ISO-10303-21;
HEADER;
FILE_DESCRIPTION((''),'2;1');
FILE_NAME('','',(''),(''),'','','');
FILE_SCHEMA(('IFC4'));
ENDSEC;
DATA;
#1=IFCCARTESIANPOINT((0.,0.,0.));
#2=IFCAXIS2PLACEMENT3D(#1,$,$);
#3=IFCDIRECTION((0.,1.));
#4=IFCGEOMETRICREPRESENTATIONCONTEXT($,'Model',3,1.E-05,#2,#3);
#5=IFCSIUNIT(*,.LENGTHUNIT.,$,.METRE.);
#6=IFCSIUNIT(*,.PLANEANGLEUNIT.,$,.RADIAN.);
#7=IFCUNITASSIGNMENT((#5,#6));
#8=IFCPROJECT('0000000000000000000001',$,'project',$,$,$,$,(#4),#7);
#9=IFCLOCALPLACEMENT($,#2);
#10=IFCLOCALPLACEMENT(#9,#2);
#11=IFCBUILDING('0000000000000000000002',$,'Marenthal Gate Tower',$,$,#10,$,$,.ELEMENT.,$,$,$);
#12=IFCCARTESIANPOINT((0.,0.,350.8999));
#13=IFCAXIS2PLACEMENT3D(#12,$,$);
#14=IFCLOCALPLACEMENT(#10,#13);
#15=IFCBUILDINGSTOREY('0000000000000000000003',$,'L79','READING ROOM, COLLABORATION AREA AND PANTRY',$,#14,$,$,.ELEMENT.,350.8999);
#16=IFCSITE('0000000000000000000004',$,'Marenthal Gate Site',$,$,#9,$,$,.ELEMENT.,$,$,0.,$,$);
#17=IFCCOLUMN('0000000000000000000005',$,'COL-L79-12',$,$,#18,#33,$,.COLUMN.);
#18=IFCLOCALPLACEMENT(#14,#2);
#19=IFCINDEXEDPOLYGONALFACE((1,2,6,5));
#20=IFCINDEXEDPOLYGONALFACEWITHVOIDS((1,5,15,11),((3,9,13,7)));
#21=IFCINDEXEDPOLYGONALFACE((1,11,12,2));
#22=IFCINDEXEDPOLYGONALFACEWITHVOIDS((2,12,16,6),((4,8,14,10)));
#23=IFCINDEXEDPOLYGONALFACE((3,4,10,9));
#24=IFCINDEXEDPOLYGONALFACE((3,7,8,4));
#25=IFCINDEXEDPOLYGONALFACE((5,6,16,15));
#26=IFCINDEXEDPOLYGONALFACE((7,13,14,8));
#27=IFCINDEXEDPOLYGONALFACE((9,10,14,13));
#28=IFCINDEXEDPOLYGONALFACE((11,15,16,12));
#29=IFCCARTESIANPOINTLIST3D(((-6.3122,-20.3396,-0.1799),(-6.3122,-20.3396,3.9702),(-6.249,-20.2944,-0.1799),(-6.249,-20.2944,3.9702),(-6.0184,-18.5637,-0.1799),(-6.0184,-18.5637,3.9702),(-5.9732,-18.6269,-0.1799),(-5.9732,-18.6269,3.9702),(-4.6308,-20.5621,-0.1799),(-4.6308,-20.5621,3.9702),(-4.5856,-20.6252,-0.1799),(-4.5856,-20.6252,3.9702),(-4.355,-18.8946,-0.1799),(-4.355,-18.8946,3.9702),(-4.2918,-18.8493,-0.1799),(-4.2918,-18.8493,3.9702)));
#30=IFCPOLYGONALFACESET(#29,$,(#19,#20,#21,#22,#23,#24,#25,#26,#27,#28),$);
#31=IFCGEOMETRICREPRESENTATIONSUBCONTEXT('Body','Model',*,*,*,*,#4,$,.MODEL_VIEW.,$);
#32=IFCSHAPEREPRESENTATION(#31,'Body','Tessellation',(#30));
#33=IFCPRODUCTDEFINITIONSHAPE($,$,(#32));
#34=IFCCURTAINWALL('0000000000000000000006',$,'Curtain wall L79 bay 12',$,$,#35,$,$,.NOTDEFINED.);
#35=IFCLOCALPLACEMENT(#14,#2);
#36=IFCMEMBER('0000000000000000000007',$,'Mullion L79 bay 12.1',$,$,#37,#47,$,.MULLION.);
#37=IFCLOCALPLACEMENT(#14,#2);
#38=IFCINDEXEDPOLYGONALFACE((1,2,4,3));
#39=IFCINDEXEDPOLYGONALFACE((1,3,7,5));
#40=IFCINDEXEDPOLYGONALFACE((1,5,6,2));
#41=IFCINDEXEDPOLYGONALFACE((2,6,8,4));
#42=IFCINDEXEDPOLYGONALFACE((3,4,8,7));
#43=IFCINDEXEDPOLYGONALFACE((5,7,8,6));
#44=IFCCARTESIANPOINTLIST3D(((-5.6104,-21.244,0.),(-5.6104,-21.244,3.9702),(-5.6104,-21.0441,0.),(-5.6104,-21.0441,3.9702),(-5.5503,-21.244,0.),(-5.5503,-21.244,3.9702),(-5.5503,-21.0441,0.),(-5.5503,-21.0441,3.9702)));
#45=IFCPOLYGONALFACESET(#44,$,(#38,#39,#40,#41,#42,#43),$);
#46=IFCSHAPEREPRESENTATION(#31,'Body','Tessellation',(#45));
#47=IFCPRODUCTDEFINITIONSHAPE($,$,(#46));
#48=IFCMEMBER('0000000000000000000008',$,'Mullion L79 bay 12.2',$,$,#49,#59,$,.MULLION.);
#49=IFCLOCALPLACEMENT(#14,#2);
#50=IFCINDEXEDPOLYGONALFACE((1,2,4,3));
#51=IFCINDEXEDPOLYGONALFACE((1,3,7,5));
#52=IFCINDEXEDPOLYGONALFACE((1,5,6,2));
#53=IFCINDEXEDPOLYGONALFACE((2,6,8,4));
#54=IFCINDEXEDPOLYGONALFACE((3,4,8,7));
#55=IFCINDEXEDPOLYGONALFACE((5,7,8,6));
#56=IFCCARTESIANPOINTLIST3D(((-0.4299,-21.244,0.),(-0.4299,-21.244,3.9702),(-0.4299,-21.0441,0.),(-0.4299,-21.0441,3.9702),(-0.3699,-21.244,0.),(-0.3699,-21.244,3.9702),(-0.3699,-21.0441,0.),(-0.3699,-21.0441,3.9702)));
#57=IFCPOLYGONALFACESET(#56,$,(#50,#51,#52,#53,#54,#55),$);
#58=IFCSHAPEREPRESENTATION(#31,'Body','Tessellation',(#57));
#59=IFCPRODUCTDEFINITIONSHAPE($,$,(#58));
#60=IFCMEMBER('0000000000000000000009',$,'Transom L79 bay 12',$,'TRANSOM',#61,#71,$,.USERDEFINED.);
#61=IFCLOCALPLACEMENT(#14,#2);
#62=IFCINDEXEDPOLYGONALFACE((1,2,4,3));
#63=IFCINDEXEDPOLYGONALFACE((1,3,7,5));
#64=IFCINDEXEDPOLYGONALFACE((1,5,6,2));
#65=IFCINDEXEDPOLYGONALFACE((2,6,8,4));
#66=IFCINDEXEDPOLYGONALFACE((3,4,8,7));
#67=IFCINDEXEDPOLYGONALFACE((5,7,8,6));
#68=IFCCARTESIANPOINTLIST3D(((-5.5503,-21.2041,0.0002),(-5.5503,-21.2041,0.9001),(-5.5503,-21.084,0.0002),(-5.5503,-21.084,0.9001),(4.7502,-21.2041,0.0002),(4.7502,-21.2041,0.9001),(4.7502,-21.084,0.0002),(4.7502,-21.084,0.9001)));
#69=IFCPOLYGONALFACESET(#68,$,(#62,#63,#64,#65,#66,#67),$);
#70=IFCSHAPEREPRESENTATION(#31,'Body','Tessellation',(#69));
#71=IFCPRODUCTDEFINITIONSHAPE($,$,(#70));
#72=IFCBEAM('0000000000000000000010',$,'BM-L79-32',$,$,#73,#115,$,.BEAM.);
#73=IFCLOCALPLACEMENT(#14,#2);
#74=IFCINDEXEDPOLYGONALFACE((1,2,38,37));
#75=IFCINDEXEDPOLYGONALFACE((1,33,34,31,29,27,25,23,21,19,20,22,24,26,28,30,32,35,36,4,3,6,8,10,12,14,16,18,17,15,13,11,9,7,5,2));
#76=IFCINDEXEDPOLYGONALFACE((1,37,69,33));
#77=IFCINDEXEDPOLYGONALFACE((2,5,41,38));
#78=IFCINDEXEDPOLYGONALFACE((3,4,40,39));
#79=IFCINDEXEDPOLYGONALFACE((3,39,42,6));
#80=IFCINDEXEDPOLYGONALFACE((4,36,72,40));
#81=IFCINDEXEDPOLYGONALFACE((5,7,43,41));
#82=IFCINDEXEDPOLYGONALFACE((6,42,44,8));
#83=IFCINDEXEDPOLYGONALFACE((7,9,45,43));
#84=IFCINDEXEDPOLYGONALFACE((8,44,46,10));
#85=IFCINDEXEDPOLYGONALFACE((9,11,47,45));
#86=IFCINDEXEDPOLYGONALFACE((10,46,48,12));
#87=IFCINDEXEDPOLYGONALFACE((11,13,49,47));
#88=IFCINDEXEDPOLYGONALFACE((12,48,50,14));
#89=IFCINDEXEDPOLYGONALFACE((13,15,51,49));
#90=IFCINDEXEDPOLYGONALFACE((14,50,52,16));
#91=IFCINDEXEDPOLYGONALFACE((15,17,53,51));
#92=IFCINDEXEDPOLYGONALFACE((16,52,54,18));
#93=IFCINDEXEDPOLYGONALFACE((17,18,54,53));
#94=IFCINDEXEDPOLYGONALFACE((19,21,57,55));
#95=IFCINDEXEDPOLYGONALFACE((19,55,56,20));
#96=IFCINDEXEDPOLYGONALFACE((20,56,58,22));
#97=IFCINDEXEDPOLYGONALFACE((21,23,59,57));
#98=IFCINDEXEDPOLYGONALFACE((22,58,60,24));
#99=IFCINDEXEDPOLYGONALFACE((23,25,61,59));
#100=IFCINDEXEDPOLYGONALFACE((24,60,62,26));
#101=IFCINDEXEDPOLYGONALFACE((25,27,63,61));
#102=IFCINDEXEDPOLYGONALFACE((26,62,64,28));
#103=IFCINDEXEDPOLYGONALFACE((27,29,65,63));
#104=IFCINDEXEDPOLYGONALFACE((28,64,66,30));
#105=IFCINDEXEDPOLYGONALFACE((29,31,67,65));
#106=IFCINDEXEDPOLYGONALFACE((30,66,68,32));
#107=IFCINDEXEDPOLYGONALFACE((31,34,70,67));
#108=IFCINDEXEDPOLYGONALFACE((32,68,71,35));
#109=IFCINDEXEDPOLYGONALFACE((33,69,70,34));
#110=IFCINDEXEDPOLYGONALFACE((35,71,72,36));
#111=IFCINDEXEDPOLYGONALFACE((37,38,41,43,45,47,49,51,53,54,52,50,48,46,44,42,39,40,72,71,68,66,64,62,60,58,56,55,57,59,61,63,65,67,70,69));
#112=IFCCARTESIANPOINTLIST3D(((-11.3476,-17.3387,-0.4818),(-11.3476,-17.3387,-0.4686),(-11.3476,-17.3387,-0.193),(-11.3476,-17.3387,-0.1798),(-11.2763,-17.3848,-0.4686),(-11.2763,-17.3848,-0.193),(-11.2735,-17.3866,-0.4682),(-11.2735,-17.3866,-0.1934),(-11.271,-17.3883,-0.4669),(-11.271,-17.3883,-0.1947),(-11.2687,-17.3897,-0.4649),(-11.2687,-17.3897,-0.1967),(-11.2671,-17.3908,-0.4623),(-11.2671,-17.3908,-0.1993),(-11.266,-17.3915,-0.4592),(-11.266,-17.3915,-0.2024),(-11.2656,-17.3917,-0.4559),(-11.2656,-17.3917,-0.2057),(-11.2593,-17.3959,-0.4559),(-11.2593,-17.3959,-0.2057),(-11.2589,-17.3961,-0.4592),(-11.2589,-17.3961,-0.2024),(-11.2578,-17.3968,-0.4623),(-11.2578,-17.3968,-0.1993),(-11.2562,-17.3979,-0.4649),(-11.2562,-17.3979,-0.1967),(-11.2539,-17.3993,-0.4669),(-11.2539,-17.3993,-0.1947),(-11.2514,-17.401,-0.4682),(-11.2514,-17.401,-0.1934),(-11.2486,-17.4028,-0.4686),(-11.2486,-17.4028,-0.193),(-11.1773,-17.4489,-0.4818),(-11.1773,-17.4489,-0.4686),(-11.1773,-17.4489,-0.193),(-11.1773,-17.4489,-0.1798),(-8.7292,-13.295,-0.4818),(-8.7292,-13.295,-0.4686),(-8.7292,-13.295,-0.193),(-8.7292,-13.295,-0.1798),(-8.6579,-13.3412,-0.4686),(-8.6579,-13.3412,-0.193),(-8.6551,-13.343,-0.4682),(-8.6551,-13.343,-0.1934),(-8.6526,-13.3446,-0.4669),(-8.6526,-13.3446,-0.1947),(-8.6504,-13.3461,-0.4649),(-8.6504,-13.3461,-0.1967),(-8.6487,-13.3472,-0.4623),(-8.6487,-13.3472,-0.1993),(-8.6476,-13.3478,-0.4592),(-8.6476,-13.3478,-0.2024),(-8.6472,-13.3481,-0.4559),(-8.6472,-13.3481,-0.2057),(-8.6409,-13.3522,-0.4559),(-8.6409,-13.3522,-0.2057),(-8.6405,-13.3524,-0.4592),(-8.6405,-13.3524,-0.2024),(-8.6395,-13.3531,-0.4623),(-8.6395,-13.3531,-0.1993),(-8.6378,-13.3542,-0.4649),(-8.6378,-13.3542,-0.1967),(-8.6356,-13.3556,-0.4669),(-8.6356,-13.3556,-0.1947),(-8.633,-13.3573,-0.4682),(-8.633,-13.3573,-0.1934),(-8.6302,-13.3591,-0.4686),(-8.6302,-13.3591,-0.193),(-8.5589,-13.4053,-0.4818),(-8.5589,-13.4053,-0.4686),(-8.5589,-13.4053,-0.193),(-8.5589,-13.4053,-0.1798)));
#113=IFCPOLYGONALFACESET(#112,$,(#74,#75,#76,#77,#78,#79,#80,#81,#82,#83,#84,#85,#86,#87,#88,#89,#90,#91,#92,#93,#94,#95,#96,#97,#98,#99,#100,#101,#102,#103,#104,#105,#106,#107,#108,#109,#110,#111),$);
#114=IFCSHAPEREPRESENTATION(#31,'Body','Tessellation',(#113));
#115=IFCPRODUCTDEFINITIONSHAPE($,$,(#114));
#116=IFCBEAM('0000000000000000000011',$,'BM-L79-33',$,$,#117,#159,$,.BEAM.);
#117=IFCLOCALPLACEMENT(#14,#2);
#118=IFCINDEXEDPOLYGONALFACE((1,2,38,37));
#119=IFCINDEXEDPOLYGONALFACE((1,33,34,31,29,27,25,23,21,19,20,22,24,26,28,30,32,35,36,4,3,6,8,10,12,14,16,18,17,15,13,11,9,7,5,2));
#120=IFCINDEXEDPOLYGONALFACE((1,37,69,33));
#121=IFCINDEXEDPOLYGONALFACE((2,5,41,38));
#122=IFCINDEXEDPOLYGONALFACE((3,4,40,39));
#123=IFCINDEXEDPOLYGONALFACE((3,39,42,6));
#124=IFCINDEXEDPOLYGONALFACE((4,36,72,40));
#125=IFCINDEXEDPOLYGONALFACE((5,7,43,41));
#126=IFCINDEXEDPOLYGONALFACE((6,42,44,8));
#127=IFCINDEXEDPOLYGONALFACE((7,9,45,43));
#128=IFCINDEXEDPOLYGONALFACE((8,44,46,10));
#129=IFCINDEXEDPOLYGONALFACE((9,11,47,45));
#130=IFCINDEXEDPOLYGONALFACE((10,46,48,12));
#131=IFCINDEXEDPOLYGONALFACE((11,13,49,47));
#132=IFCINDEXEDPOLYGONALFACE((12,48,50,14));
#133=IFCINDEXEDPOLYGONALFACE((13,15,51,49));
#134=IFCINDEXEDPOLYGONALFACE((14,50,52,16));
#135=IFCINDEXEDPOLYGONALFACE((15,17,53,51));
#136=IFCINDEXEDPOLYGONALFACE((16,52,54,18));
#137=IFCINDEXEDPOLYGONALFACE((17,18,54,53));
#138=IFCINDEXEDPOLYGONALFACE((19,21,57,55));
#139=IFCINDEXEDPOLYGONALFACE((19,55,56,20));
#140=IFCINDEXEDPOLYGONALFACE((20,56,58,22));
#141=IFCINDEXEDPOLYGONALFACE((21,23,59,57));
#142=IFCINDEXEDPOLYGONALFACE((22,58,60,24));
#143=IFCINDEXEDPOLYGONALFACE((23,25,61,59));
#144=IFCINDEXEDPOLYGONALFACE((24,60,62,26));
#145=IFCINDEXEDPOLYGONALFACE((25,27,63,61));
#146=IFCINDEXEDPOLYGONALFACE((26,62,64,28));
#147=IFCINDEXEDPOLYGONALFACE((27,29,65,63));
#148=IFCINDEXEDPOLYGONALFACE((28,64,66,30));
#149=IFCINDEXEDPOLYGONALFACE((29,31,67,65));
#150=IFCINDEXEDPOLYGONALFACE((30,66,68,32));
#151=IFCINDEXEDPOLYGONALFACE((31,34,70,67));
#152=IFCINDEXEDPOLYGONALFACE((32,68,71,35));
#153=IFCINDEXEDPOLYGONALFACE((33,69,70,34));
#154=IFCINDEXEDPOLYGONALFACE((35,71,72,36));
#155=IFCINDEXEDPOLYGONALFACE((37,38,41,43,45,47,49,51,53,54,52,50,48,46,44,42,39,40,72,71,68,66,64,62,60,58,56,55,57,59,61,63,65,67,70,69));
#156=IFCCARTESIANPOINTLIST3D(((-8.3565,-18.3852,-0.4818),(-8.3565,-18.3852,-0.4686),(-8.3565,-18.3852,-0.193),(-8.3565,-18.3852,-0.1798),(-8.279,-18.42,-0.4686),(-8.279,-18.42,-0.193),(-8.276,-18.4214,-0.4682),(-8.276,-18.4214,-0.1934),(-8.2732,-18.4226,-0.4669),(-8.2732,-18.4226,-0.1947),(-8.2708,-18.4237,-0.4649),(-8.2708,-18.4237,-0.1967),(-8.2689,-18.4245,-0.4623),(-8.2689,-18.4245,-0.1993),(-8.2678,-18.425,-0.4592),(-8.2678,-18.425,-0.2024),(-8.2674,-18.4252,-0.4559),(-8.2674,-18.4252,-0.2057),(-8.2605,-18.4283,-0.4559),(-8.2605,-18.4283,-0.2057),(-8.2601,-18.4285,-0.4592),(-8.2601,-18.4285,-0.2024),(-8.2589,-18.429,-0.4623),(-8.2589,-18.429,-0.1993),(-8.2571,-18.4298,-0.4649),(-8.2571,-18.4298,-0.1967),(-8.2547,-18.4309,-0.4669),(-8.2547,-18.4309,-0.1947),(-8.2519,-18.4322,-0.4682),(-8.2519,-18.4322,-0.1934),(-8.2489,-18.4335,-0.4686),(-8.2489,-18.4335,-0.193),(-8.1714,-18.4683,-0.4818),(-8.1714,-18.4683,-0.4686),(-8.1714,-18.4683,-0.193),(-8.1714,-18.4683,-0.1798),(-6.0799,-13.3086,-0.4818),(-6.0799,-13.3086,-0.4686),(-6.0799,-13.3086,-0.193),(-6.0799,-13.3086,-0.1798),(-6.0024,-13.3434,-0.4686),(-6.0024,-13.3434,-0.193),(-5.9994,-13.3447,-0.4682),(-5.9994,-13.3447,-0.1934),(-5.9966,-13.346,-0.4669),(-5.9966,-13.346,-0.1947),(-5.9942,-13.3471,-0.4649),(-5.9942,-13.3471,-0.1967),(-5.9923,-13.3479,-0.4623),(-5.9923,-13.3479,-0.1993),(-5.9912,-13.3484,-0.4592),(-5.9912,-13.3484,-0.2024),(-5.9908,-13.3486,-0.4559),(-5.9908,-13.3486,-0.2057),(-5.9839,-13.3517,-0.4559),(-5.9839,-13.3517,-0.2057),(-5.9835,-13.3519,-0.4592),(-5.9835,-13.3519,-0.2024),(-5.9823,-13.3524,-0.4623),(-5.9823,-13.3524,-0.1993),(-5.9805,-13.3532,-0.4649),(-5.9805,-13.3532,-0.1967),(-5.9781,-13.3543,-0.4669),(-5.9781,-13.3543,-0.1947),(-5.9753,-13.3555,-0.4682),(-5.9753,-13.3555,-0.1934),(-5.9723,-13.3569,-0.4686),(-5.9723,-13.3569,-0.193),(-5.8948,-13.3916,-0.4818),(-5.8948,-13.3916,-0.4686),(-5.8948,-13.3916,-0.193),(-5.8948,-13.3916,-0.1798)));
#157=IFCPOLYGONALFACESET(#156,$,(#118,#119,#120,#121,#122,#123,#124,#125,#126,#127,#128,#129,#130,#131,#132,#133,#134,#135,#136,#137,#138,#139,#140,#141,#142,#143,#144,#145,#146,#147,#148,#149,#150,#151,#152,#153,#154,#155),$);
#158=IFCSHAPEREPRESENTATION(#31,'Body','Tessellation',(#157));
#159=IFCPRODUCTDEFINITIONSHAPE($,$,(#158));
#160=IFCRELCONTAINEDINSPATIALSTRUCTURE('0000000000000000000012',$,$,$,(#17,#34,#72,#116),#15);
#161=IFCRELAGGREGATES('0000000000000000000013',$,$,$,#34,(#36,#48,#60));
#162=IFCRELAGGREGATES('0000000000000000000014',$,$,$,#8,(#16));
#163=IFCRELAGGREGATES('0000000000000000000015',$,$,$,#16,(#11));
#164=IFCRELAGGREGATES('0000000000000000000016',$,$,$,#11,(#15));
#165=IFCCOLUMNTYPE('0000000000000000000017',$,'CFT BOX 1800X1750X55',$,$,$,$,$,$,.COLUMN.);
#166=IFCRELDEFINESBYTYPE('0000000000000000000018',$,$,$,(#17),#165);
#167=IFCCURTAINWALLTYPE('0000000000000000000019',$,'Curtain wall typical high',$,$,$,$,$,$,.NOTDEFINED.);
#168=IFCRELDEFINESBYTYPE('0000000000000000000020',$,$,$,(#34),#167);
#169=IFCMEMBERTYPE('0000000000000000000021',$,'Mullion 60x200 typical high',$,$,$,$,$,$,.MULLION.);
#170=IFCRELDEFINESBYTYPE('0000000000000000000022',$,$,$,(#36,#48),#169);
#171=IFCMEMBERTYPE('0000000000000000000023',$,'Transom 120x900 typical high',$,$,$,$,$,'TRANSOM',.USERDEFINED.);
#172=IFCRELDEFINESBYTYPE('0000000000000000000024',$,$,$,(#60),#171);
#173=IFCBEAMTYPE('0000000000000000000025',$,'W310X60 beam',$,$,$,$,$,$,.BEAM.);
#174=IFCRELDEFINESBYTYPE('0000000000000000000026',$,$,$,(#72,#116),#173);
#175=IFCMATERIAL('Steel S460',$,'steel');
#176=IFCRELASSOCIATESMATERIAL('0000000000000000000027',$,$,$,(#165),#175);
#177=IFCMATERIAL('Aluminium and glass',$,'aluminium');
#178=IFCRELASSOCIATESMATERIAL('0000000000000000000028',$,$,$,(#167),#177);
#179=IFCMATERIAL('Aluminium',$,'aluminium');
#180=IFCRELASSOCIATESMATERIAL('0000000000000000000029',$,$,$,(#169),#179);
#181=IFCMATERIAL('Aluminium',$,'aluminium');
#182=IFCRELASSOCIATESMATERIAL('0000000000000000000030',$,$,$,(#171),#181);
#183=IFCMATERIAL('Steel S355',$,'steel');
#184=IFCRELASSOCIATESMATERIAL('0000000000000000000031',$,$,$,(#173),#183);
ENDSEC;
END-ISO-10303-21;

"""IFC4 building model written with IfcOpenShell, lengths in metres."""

from ifc_helpers import new_model, si_unit, direction, frame, origin, origin_2d, place, context, subcontext, project, spatial, rectangle, hollow_rectangle, i_section, extrude, material, material_profile, profile_set, type_object, element, aggregate, save


model = new_model("IFC4")

# Units and contexts
model_context = context("Model", 3, precision=1e-05, world=origin(), true_north=direction((0.0, 1.0)))
body_context = subcontext(model_context, "Body", "Model", "MODEL_VIEW")
ifc_project = project(units=[si_unit("LENGTHUNIT", "METRE"), si_unit("PLANEANGLEUNIT", "RADIAN")], contexts=[model_context])

# Site, building, storey
site_placement = place(None, origin())
site = spatial("IfcSite", under=ifc_project, at=site_placement, Name="Marenthal Gate Site", CompositionType="ELEMENT", RefElevation=0.0)
building_placement = place(site_placement, origin())
building = spatial("IfcBuilding", under=site, at=building_placement, Name="Marenthal Gate Tower", CompositionType="ELEMENT")
storey_placement = place(building_placement, frame((0.0, 0.0, 350.8999)))
storey = spatial("IfcBuildingStorey", under=building, at=storey_placement, Name="L79", Description="READING ROOM, COLLABORATION AREA AND PANTRY", CompositionType="ELEMENT", Elevation=350.8999)

# Column
ifc_material_1 = material(Name="Steel S460", Category="steel")
ifc_material_profile_1 = material_profile(ifc_material_1, hollow_rectangle(XDim=1.75, YDim=1.8, WallThickness=0.0549, at=origin_2d()), Name="CFT BOX 1800X1750X55")
ifc_material_2 = material(Name="Concrete 70 MPa", Category="concrete")
ifc_material_profile_2 = material_profile(ifc_material_2, rectangle(XDim=1.6399, YDim=1.6899, at=origin_2d()), Name="CFT BOX 1800X1750X55 INFILL")
ifc_profile_set_1 = profile_set([ifc_material_profile_1, ifc_material_profile_2], Name="Steel S460 shell, Concrete 70 MPa infill")
column_type = type_object("IfcColumnType", Name="CFT BOX 1800X1750X55", PredefinedType="COLUMN", material=ifc_profile_set_1)
column_placement = place(storey_placement, frame((-5.302, -19.5945, -0.1799), z_axis=(0.0, 0.0, 1.0), x_axis=(-0.986593, 0.1632, 0.0)))
element("IfcColumn", 1, at=column_placement, inside=storey, type_object=column_type, Name="COL-L79-12", PredefinedType="COLUMN", context=body_context, shape_type="SweptSolid", body=[
    extrude(hollow_rectangle(XDim=1.75, YDim=1.8, WallThickness=0.0549, at=origin_2d()), origin(), (0.0, 0.0, 1.0), 4.1501),
])

# Curtain wall, members
ifc_material_3 = material(Name="Aluminium and glass", Category="aluminium")
curtain_wall_type = type_object("IfcCurtainWallType", Name="Curtain wall typical high", PredefinedType="NOTDEFINED", material=ifc_material_3)
curtain_wall_placement = place(storey_placement, origin())
curtain_wall = element("IfcCurtainWall", 2, at=curtain_wall_placement, inside=storey, type_object=curtain_wall_type, Name="Curtain wall L79 bay 12", PredefinedType="NOTDEFINED")
ifc_material_4 = material(Name="Aluminium", Category="aluminium")
ifc_material_profile_3 = material_profile(ifc_material_4, rectangle(XDim=0.2, YDim=0.0601, at=origin_2d()), Name="60x200 aluminium mullion")
ifc_profile_set_2 = profile_set([ifc_material_profile_3], Name="Aluminium")
member_type_1 = type_object("IfcMemberType", Name="Mullion 60x200 typical high", PredefinedType="MULLION", material=ifc_profile_set_2)
member_1_placement = place(storey_placement, frame((-5.5803, -21.144, 0.0), z_axis=(0.0, 0.0, 1.0), x_axis=(0.0, 1.0, 0.0)))
member_1 = element("IfcMember", 3, at=member_1_placement, type_object=member_type_1, Name="Mullion L79 bay 12.1", PredefinedType="MULLION", context=body_context, shape_type="SweptSolid", body=[
    extrude(rectangle(XDim=0.2, YDim=0.0601, at=origin_2d()), origin(), (0.0, 0.0, 1.0), 3.9702),
])
member_2_placement = place(storey_placement, frame((-0.3999, -21.144, 0.0), z_axis=(0.0, 0.0, 1.0), x_axis=(0.0, 1.0, 0.0)))
member_2 = element("IfcMember", 4, at=member_2_placement, type_object=member_type_1, Name="Mullion L79 bay 12.2", PredefinedType="MULLION", context=body_context, shape_type="SweptSolid", body=[
    extrude(rectangle(XDim=0.2, YDim=0.0601, at=origin_2d()), origin(), (0.0, 0.0, 1.0), 3.9702),
])
ifc_material_5 = material(Name="Aluminium", Category="aluminium")
ifc_material_profile_4 = material_profile(ifc_material_5, rectangle(XDim=0.1201, YDim=0.8999, at=origin_2d()), Name="120x900 aluminium transom")
ifc_profile_set_3 = profile_set([ifc_material_profile_4], Name="Aluminium")
member_type_2 = type_object("IfcMemberType", Name="Transom 120x900 typical high", ElementType="TRANSOM", PredefinedType="USERDEFINED", material=ifc_profile_set_3)
member_3_placement = place(storey_placement, frame((-5.5503, -21.144, 0.4502), z_axis=(1.0, 0.0, 0.0), x_axis=(0.0, 1.0, 0.0)))
member_3 = element("IfcMember", 5, at=member_3_placement, type_object=member_type_2, Name="Transom L79 bay 12", ObjectType="TRANSOM", PredefinedType="USERDEFINED", context=body_context, shape_type="SweptSolid", body=[
    extrude(rectangle(XDim=0.1201, YDim=0.8999, at=origin_2d()), origin(), (0.0, 0.0, 1.0), 10.3005),
])

# Beams
ifc_material_6 = material(Name="Steel S355", Category="steel")
ifc_material_profile_5 = material_profile(ifc_material_6, i_section(OverallWidth=0.2029, OverallDepth=0.302, WebThickness=0.0076, FlangeThickness=0.0132, FilletRadius=0.0127, at=origin_2d()), Name="W310X60")
ifc_profile_set_4 = profile_set([ifc_material_profile_5], Name="Steel S355")
beam_type_1 = type_object("IfcBeamType", Name="W310X60 beam", PredefinedType="BEAM", material=ifc_profile_set_4)
beam_1_placement = place(storey_placement, frame((-11.2625, -17.3938, -0.3308), z_axis=(0.543529, 0.839391, 0.0), x_axis=(-0.839391, 0.543529, 0.0)))
element("IfcBeam", 6, at=beam_1_placement, inside=storey, type_object=beam_type_1, Name="BM-L79-32", PredefinedType="BEAM", context=body_context, shape_type="SweptSolid", body=[
    extrude(i_section(OverallWidth=0.2029, OverallDepth=0.302, WebThickness=0.0076, FlangeThickness=0.0132, FilletRadius=0.0127, at=origin_2d()), origin(), (0.0, 0.0, 1.0), 4.8174),
])
beam_2_placement = place(storey_placement, frame((-8.2639, -18.4268, -0.3308), z_axis=(0.409186, 0.912451, 0.0), x_axis=(-0.912451, 0.409186, 0.0)))
element("IfcBeam", 7, at=beam_2_placement, inside=storey, type_object=beam_type_1, Name="BM-L79-33", PredefinedType="BEAM", context=body_context, shape_type="SweptSolid", body=[
    extrude(i_section(OverallWidth=0.2029, OverallDepth=0.302, WebThickness=0.0076, FlangeThickness=0.0132, FilletRadius=0.0127, at=origin_2d()), origin(), (0.0, 0.0, 1.0), 5.5637),
])

aggregate(curtain_wall, [member_1, member_2, member_3])

save(model, "model.ifc")
